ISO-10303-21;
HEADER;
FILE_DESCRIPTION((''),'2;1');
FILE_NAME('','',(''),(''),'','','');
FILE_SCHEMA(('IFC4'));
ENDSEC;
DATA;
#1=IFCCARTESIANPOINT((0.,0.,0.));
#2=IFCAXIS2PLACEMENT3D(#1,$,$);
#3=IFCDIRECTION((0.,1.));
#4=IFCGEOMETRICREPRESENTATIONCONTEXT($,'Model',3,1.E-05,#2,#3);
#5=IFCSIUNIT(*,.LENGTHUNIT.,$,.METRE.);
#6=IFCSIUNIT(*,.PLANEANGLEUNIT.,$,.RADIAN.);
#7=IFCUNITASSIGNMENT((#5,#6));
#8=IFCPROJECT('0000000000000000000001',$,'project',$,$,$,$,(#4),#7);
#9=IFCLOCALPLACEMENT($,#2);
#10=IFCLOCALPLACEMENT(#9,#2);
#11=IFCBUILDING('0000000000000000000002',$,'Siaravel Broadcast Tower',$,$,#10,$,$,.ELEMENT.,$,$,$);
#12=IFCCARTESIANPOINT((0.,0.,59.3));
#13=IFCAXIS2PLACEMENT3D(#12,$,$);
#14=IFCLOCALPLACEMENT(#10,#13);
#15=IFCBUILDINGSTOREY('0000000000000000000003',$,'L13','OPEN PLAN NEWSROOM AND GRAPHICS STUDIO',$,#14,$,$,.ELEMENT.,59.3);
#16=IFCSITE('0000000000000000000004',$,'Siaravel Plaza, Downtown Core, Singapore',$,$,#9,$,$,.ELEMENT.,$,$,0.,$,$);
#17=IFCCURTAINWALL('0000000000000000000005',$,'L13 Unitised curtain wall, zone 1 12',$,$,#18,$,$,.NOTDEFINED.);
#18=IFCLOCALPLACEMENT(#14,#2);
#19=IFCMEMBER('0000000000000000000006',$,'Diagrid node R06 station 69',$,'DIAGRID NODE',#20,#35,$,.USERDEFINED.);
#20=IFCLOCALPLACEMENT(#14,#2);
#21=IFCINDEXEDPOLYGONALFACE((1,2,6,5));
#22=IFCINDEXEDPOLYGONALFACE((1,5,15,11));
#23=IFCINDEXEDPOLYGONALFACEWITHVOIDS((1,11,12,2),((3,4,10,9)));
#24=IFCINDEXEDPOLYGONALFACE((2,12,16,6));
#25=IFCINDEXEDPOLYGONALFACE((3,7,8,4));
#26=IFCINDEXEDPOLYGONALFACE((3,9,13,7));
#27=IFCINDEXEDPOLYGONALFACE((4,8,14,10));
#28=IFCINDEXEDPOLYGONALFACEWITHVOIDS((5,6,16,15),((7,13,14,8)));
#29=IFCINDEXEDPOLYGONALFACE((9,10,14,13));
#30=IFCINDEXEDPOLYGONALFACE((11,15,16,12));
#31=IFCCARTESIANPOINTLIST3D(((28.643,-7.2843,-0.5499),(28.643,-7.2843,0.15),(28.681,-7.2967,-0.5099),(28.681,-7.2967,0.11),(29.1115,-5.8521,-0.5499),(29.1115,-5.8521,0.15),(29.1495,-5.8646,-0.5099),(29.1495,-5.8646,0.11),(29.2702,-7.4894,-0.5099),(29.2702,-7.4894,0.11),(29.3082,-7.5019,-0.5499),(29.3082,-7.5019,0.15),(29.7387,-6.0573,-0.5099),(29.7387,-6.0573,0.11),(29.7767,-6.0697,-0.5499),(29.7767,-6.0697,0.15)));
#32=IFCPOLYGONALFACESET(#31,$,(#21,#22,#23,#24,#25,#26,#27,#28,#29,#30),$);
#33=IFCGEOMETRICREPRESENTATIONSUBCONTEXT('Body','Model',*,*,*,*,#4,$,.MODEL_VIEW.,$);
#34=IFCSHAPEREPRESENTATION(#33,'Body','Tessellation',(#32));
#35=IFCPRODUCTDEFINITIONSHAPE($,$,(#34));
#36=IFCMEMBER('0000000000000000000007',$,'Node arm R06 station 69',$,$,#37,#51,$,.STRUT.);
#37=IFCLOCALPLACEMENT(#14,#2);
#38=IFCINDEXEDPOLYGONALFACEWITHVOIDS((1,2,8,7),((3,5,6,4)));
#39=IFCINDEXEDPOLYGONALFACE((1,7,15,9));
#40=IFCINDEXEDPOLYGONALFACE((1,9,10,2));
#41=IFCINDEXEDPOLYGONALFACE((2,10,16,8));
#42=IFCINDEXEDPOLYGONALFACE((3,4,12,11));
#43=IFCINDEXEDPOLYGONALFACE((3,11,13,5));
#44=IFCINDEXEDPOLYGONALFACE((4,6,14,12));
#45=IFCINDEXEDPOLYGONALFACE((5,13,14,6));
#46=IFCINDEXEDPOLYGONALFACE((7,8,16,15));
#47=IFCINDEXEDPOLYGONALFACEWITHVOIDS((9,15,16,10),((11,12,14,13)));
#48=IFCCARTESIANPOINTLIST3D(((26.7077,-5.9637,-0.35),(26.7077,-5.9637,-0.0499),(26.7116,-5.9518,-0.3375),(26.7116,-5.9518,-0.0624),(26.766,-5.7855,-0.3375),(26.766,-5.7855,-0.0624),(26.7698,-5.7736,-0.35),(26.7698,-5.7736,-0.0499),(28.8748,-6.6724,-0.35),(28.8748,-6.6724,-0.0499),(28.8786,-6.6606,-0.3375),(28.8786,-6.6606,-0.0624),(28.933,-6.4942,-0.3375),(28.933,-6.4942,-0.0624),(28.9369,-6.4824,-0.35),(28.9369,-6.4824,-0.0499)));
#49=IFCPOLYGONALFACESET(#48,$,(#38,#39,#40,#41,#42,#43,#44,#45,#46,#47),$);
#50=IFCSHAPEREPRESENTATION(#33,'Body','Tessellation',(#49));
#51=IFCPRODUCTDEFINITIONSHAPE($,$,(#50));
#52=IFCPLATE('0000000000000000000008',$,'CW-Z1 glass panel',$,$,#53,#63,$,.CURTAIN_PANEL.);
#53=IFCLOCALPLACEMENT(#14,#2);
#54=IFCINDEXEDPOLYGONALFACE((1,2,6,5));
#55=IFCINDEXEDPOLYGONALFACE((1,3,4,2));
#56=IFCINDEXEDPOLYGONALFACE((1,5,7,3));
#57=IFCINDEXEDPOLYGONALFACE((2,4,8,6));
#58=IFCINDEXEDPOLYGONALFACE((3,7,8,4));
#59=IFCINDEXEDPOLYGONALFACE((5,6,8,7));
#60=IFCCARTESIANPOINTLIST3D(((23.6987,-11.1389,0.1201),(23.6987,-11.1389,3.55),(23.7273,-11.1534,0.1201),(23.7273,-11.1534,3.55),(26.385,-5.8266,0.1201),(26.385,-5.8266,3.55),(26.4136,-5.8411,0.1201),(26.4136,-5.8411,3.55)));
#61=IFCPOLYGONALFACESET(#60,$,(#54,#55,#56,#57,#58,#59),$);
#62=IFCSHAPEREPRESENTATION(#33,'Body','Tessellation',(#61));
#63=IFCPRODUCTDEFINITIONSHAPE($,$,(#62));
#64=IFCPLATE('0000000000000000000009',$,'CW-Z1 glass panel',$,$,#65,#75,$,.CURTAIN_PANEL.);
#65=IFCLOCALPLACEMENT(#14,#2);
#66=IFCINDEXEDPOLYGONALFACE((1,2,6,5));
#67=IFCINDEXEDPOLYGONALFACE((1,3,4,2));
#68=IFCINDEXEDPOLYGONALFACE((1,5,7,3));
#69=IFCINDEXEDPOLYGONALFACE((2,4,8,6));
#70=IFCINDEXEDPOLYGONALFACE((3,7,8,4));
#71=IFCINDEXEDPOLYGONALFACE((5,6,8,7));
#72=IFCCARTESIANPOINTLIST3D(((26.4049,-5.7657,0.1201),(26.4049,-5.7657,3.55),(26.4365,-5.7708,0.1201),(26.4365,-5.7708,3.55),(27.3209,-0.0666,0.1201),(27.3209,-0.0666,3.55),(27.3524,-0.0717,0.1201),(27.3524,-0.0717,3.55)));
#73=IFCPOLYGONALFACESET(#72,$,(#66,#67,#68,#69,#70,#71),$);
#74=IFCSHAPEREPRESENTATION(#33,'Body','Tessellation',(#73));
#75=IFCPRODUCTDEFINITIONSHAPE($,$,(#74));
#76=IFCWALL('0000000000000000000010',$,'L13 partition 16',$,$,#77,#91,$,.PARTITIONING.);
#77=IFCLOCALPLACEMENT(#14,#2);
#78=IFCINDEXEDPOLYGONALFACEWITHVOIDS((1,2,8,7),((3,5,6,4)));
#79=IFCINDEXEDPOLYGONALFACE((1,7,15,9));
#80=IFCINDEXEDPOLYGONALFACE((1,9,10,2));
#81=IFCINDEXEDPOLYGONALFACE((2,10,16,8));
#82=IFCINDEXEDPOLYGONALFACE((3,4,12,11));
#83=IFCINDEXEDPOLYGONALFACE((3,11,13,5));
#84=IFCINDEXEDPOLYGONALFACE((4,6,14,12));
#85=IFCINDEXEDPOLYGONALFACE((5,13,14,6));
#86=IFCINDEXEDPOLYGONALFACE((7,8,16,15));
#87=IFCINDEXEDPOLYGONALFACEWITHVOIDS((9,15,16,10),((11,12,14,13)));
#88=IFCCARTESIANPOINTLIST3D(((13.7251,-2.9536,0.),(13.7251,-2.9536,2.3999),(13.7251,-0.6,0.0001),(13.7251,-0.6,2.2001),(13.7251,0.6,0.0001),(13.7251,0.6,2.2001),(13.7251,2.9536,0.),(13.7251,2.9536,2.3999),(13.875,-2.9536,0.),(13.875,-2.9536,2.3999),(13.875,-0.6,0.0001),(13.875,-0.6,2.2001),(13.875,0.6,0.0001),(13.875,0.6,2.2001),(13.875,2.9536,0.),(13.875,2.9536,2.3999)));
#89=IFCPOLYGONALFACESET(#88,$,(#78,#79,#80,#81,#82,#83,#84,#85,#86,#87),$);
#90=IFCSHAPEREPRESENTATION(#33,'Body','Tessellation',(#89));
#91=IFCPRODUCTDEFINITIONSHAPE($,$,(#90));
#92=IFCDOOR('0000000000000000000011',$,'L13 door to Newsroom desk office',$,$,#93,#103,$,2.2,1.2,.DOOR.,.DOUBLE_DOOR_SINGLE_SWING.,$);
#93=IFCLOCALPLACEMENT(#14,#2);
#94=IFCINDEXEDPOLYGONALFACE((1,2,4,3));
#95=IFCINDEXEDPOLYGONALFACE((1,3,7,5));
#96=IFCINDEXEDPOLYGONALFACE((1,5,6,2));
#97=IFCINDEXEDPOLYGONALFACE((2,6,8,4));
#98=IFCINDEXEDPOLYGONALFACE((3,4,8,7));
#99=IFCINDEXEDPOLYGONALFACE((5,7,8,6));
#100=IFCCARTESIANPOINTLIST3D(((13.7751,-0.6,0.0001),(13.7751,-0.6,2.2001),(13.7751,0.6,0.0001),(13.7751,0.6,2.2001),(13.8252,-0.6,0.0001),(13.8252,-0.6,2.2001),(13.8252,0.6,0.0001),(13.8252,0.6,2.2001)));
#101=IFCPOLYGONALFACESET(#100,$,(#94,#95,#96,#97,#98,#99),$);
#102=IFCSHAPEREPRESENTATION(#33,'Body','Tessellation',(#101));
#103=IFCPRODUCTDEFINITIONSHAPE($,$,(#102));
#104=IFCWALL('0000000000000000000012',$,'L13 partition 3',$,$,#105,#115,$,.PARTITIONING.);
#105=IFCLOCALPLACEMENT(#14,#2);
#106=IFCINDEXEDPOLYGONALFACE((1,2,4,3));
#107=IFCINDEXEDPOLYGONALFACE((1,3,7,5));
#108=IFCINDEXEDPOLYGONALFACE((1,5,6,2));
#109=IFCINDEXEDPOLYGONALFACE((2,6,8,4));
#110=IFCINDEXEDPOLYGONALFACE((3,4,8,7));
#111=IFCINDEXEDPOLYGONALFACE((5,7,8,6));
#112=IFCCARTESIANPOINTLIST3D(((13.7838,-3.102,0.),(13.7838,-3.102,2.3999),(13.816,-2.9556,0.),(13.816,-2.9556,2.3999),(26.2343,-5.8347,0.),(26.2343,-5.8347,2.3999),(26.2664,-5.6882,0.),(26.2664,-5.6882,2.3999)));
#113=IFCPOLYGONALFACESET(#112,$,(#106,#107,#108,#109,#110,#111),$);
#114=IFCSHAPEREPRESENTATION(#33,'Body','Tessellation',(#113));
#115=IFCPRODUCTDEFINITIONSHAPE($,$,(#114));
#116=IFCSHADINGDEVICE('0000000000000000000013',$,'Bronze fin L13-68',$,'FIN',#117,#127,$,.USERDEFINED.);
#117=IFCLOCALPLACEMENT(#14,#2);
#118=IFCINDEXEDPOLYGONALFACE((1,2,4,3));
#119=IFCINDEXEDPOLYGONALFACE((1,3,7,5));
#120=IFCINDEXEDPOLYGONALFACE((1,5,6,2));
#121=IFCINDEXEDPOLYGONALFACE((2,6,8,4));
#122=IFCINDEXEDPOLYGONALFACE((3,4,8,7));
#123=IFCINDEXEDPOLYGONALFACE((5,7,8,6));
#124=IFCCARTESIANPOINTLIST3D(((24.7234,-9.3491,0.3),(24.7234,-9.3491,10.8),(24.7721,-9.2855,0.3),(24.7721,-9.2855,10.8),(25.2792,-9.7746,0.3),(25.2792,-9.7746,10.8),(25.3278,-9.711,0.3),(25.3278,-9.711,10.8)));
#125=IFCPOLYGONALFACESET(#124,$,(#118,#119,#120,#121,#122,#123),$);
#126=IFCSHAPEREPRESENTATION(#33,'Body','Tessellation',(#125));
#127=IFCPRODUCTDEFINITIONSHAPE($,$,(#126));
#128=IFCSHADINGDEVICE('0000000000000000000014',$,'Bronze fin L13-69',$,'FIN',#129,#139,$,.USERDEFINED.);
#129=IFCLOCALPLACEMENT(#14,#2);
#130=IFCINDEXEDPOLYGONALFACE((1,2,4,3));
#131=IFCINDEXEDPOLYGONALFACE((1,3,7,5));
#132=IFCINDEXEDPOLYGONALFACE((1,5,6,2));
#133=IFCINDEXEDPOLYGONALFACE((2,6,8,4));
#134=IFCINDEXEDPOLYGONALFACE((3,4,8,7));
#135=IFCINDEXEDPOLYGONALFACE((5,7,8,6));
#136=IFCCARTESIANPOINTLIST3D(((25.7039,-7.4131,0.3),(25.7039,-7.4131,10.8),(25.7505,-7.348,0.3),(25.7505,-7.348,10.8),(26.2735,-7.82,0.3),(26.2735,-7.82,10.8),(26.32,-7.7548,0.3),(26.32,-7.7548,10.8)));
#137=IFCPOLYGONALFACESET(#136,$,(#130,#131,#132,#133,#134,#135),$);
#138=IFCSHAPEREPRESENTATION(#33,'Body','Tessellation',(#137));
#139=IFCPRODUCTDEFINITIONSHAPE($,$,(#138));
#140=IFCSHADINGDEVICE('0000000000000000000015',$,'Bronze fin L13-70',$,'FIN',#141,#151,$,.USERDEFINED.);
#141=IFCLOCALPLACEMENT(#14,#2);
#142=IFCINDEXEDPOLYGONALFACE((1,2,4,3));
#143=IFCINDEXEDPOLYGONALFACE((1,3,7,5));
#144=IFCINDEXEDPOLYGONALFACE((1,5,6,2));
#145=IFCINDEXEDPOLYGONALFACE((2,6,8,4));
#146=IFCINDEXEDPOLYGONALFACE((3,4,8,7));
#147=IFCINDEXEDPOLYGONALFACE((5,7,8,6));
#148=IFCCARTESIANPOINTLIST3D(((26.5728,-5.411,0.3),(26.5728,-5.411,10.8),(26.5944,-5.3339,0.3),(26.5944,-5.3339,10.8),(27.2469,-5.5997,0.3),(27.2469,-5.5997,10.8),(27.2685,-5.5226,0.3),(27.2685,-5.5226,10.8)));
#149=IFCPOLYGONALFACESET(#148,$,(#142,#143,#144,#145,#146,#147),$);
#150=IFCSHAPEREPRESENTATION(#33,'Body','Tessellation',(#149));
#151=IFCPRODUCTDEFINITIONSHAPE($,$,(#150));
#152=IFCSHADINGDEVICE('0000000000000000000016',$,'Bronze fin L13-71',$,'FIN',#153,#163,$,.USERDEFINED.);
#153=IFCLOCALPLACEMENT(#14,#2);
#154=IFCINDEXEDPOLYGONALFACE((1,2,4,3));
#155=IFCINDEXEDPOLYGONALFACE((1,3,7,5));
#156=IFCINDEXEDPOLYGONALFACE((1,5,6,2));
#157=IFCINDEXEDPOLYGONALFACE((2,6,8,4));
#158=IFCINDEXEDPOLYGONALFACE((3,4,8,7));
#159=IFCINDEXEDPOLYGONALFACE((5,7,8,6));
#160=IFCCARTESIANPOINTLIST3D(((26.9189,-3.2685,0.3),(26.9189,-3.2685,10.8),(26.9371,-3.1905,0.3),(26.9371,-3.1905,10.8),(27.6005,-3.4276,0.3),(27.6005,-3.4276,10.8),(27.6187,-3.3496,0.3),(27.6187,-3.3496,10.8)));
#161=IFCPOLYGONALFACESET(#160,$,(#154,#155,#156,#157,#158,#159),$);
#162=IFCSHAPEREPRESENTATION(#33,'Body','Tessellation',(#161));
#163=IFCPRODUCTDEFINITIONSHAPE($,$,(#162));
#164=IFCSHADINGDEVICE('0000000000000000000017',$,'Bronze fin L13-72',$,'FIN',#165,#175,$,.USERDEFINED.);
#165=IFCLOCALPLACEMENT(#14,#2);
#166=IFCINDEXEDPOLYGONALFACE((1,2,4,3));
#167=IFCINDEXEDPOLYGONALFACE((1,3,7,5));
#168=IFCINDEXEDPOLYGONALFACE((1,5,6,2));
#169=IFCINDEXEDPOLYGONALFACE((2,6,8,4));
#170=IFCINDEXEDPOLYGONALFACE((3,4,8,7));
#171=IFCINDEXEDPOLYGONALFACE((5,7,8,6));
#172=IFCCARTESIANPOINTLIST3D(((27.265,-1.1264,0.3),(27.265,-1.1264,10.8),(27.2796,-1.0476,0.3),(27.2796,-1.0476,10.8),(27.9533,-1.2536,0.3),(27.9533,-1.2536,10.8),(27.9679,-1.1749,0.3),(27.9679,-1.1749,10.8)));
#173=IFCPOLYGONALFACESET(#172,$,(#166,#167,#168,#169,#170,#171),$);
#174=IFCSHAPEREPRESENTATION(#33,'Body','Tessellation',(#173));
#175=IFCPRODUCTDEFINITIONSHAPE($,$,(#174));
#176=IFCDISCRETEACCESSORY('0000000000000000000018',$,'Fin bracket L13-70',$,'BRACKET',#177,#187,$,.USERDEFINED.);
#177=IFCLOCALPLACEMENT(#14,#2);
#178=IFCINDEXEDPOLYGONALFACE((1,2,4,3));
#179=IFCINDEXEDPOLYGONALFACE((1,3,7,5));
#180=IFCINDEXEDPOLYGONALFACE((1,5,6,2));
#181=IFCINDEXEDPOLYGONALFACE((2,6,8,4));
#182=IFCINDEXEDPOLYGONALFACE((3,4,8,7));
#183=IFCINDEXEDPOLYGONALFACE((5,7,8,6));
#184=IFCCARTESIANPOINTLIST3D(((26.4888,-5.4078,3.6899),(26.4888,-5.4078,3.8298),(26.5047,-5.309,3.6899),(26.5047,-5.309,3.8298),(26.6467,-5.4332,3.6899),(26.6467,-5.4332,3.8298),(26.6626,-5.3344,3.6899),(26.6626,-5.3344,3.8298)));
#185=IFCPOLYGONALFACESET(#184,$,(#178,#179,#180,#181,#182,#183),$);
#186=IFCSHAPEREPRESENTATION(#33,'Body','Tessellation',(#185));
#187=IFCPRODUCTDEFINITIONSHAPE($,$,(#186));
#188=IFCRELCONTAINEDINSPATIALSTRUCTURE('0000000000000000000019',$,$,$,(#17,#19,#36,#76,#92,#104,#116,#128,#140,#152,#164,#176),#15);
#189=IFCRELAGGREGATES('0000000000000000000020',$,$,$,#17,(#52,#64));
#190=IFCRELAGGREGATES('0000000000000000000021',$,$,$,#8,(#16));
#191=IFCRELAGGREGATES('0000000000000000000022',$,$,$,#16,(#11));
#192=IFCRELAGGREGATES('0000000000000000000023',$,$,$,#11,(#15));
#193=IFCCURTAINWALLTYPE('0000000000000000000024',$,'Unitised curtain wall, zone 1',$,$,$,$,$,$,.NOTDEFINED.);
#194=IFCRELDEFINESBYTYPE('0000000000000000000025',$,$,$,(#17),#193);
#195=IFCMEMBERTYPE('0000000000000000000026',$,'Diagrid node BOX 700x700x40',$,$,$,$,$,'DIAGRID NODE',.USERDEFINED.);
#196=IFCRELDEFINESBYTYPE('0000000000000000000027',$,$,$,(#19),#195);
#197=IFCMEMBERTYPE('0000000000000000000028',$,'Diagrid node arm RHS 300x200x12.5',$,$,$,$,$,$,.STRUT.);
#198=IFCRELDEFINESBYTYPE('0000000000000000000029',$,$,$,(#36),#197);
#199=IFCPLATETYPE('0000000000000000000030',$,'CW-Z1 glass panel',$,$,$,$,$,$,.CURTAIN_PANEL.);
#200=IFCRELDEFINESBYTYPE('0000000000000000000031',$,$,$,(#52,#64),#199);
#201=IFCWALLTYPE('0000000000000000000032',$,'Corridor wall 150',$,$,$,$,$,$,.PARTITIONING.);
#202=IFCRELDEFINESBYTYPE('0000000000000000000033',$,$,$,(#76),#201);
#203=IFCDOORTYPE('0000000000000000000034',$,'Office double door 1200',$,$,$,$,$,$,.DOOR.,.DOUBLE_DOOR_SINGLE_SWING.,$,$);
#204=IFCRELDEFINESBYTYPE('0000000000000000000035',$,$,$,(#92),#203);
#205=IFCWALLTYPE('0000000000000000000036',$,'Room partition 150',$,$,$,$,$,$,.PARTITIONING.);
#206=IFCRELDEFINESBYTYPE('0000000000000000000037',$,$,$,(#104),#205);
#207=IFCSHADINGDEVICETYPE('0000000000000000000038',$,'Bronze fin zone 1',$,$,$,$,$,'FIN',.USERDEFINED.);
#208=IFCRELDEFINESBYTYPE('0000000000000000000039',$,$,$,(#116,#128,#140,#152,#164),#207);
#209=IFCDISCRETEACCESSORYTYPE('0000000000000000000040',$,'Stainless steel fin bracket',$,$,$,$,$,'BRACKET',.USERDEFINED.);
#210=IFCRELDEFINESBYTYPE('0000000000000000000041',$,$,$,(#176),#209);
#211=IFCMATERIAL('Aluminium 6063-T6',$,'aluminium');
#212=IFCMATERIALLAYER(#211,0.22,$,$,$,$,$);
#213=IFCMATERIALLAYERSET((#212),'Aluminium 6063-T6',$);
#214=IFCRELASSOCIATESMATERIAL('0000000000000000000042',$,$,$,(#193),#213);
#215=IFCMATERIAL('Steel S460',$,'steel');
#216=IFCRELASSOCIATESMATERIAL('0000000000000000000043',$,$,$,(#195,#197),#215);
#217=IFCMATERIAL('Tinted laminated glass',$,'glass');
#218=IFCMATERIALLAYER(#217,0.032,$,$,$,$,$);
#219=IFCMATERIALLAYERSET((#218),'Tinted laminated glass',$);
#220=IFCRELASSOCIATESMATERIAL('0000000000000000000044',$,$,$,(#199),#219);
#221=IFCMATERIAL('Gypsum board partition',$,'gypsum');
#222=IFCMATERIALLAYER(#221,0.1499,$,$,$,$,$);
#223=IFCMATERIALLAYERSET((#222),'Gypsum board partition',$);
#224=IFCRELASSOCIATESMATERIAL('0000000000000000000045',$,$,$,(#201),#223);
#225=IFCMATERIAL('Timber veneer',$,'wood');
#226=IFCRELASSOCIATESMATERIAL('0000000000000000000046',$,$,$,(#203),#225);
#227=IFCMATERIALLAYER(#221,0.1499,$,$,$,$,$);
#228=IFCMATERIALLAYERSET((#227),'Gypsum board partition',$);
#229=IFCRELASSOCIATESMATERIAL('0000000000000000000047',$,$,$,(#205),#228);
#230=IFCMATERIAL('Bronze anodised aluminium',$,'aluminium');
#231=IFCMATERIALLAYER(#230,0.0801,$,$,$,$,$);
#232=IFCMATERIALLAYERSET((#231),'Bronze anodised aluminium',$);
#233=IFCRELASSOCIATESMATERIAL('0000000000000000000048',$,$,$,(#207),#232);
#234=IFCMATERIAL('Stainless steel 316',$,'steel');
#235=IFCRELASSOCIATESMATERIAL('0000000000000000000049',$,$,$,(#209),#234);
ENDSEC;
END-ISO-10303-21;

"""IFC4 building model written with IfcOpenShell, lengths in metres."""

from ifc_helpers import new_model, si_unit, direction, frame, frame_2d, origin, origin_2d, place, context, subcontext, project, spatial, rectangle, hollow_rectangle, extrude, material, layer, layer_set, material_profile, profile_set, type_object, element, fill, aggregate, save


model = new_model("IFC4")

# Units and contexts
model_context = context("Model", 3, precision=1e-05, world=origin(), true_north=direction((0.0, 1.0)))
body_context = subcontext(model_context, "Body", "Model", "MODEL_VIEW")
ifc_project = project(units=[si_unit("LENGTHUNIT", "METRE"), si_unit("PLANEANGLEUNIT", "RADIAN")], contexts=[model_context])

# Site, building, storey
site_placement = place(None, origin())
site = spatial("IfcSite", under=ifc_project, at=site_placement, Name="Siaravel Plaza, Downtown Core, Singapore", CompositionType="ELEMENT", RefElevation=0.0)
building_placement = place(site_placement, origin())
building = spatial("IfcBuilding", under=site, at=building_placement, Name="Siaravel Broadcast Tower", CompositionType="ELEMENT")
storey_placement = place(building_placement, frame((0.0, 0.0, 59.3)))
storey = spatial("IfcBuildingStorey", under=building, at=storey_placement, Name="L13", Description="OPEN PLAN NEWSROOM AND GRAPHICS STUDIO", CompositionType="ELEMENT", Elevation=59.3)

# Curtain wall
ifc_material_1 = material(Name="Aluminium 6063-T6", Category="aluminium")
ifc_layer_1 = layer(ifc_material_1, 0.22)
ifc_layer_set_1 = layer_set([ifc_layer_1], Name="Aluminium 6063-T6")
curtain_wall_type = type_object("IfcCurtainWallType", Name="Unitised curtain wall, zone 1", PredefinedType="NOTDEFINED", material=ifc_layer_set_1)
curtain_wall_placement = place(storey_placement, origin())
curtain_wall = element("IfcCurtainWall", 1, at=curtain_wall_placement, inside=storey, type_object=curtain_wall_type, Name="L13 Unitised curtain wall, zone 1 12", PredefinedType="NOTDEFINED")

# Members
ifc_material_2 = material(Name="Steel S460", Category="steel")
ifc_material_profile_1 = material_profile(ifc_material_2, hollow_rectangle(XDim=0.7, YDim=0.7, WallThickness=0.04, at=origin_2d()))
ifc_profile_set_1 = profile_set([ifc_material_profile_1], Name="Steel S460")
member_type_1 = type_object("IfcMemberType", Name="Diagrid node BOX 700x700x40", ElementType="DIAGRID NODE", PredefinedType="USERDEFINED", material=ifc_profile_set_1)
member_1_placement = place(storey_placement, frame((28.9756, -7.3931, -0.2), z_axis=(0.310925, 0.950435, 0.0), x_axis=(-0.950435, 0.310925, 0.0)))
element("IfcMember", 2, at=member_1_placement, inside=storey, type_object=member_type_1, Name="Diagrid node R06 station 69", ObjectType="DIAGRID NODE", PredefinedType="USERDEFINED", context=body_context, shape_type="SweptSolid", body=[
    extrude(hollow_rectangle(XDim=0.7, YDim=0.7, WallThickness=0.04, at=origin_2d()), origin(), (0.0, 0.0, 1.0), 1.5068),
])
ifc_material_profile_2 = material_profile(ifc_material_2, hollow_rectangle(XDim=0.2, YDim=0.3, WallThickness=0.0125, at=origin_2d()))
ifc_profile_set_2 = profile_set([ifc_material_profile_2], Name="Steel S460")
member_type_2 = type_object("IfcMemberType", Name="Diagrid node arm RHS 300x200x12.5", PredefinedType="STRUT", material=ifc_profile_set_2)
member_2_placement = place(storey_placement, frame((26.7388, -5.8687, -0.2), z_axis=(0.950456, -0.310858, 0.0), x_axis=(0.310858, 0.950456, 0.0)))
element("IfcMember", 3, at=member_2_placement, inside=storey, type_object=member_type_2, Name="Node arm R06 station 69", PredefinedType="STRUT", context=body_context, shape_type="SweptSolid", body=[
    extrude(hollow_rectangle(XDim=0.2, YDim=0.3, WallThickness=0.0125, at=origin_2d()), origin(), (0.0, 0.0, 1.0), 2.28),
])

# Plates
ifc_material_3 = material(Name="Tinted laminated glass", Category="glass")
ifc_layer_2 = layer(ifc_material_3, 0.032)
ifc_layer_set_2 = layer_set([ifc_layer_2], Name="Tinted laminated glass")
plate_type = type_object("IfcPlateType", Name="CW-Z1 glass panel", PredefinedType="CURTAIN_PANEL", material=ifc_layer_set_2)
plate_1_placement = place(storey_placement, frame((25.0562, -8.49, 0.1201), z_axis=(0.0, 0.0, 1.0), x_axis=(0.451262, 0.892391, 0.0)))
plate_1 = element("IfcPlate", 4, at=plate_1_placement, type_object=plate_type, Name="CW-Z1 glass panel", PredefinedType="CURTAIN_PANEL", context=body_context, shape_type="SweptSolid", body=[
    extrude(rectangle(XDim=5.9529, YDim=0.032, at=origin_2d()), origin(), (0.0, 0.0, 1.0), 3.4299),
])
plate_2_placement = place(storey_placement, frame((26.8787, -2.9187, 0.1201), z_axis=(0.0, 0.0, 1.0), x_axis=(0.158686, 0.987329, 0.0)))
plate_2 = element("IfcPlate", 5, at=plate_2_placement, type_object=plate_type, Name="CW-Z1 glass panel", PredefinedType="CURTAIN_PANEL", context=body_context, shape_type="SweptSolid", body=[
    extrude(rectangle(XDim=5.7722, YDim=0.032, at=origin_2d()), origin(), (0.0, 0.0, 1.0), 3.4299),
])
aggregate(curtain_wall, [plate_1, plate_2])

# Wall, opening, door
ifc_material_4 = material(Name="Gypsum board partition", Category="gypsum")
ifc_layer_3 = layer(ifc_material_4, 0.1499)
ifc_layer_set_3 = layer_set([ifc_layer_3], Name="Gypsum board partition")
wall_type_1 = type_object("IfcWallType", Name="Corridor wall 150", PredefinedType="PARTITIONING", material=ifc_layer_set_3)
wall_1_placement = place(storey_placement, frame((13.8, -2.9536, 0.0), z_axis=(0.0, 0.0, 1.0), x_axis=(0.0, 1.0, 0.0)))
wall_1 = element("IfcWall", 6, at=wall_1_placement, inside=storey, type_object=wall_type_1, Name="L13 partition 16", PredefinedType="PARTITIONING", context=body_context, shape_type="SweptSolid", body=[
    extrude(rectangle(XDim=5.9072, YDim=0.1499, at=frame_2d((2.9536, 0.0))), origin(), (0.0, 0.0, 1.0), 2.3999),
])
opening_placement = place(wall_1_placement, frame((2.3535, 0.0, 0.0)))
opening = element("IfcOpeningElement", 7, at=opening_placement, cuts=wall_1, PredefinedType="OPENING", context=body_context, shape_type="SweptSolid", body=[
    extrude(rectangle(XDim=1.2, YDim=2.2, at=frame_2d((0.6001, 1.1001))), frame((0.0, 0.085, 0.0), z_axis=(0.0, -1.0, 0.0), x_axis=(1.0, 0.0, 0.0)), (0.0, 0.0, 1.0), 0.1699),
])
ifc_material_5 = material(Name="Timber veneer", Category="wood")
door_type = type_object("IfcDoorType", Name="Office double door 1200", OperationType="DOUBLE_DOOR_SINGLE_SWING", PredefinedType="DOOR", material=ifc_material_5)
door_placement = place(opening_placement, origin())
door = element("IfcDoor", 8, at=door_placement, inside=storey, type_object=door_type, Name="L13 door to Newsroom desk office", OperationType="DOUBLE_DOOR_SINGLE_SWING", OverallHeight=2.2, OverallWidth=1.2, PredefinedType="DOOR", context=body_context, shape_type="SweptSolid", body=[
    extrude(rectangle(XDim=1.2, YDim=2.2, at=frame_2d((0.6001, 1.1001))), frame((0.0, 0.0249, 0.0), z_axis=(0.0, -1.0, 0.0), x_axis=(1.0, 0.0, 0.0)), (0.0, 0.0, 1.0), 0.05),
])
fill(opening, door)

# Wall
ifc_layer_4 = layer(ifc_material_4, 0.1499)
ifc_layer_set_4 = layer_set([ifc_layer_4], Name="Gypsum board partition")
wall_type_2 = type_object("IfcWallType", Name="Room partition 150", PredefinedType="PARTITIONING", material=ifc_layer_set_4)
wall_2_placement = place(storey_placement, frame((26.2505, -5.7615, 0.0), z_axis=(0.0, 0.0, 1.0), x_axis=(-0.97675, 0.214381, 0.0)))
element("IfcWall", 9, at=wall_2_placement, inside=storey, type_object=wall_type_2, Name="L13 partition 3", PredefinedType="PARTITIONING", context=body_context, shape_type="SweptSolid", body=[
    extrude(rectangle(XDim=12.7468, YDim=0.1499, at=frame_2d((6.3735, 0.0))), origin(), (0.0, 0.0, 1.0), 2.3999),
])

# Shading devices
ifc_material_6 = material(Name="Bronze anodised aluminium", Category="aluminium")
ifc_layer_5 = layer(ifc_material_6, 0.0801)
ifc_layer_set_5 = layer_set([ifc_layer_5], Name="Bronze anodised aluminium")
shading_device_type = type_object("IfcShadingDeviceType", Name="Bronze fin zone 1", ElementType="FIN", PredefinedType="USERDEFINED", material=ifc_layer_set_5)
for number, where, z_axis, x_axis, name in (
    (10, (25.0256, -9.53, 0.3), (0.0, 0.0, 1.0), (0.793976, -0.60795, 0.0), "Bronze fin L13-68"),
    (11, (26.012, -7.584, 0.3), (0.0, 0.0, 1.0), (0.813689, -0.581301, 0.0), "Bronze fin L13-69"),
    (12, (26.9207, -5.4668, 0.3), (0.0, 0.0, 1.0), (0.962943, -0.269706, 0.0), "Bronze fin L13-70"),
    (13, (27.2688, -3.3091, 0.3), (0.0, 0.0, 1.0), (0.973819, -0.227326, 0.0), "Bronze fin L13-71"),
    (14, (27.6165, -1.1506, 0.3), (0.0, 0.0, 1.0), (0.983334, -0.18181, 0.0), "Bronze fin L13-72"),
):
    element("IfcShadingDevice", number, at=place(storey_placement, frame(where, z_axis=z_axis, x_axis=x_axis)), inside=storey, type_object=shading_device_type, Name=name, ObjectType="FIN", PredefinedType="USERDEFINED", context=body_context, shape_type="SweptSolid", body=[
        extrude(rectangle(XDim=0.7, YDim=0.0801, at=origin_2d()), origin(), (0.0, 0.0, 1.0), 10.5),
    ])

# Discrete accessory
ifc_material_7 = material(Name="Stainless steel 316", Category="steel")
discrete_accessory_type_1 = type_object("IfcDiscreteAccessoryType", Name="Stainless steel fin bracket", ElementType="BRACKET", PredefinedType="USERDEFINED", material=ifc_material_7)
discrete_accessory_placement = place(storey_placement, frame((26.5757, -5.3711, 3.6899), z_axis=(0.0, 0.0, 1.0), x_axis=(0.987329, -0.158685, 0.0)))
element("IfcDiscreteAccessory", 15, at=discrete_accessory_placement, inside=storey, type_object=discrete_accessory_type_1, Name="Fin bracket L13-70", ObjectType="BRACKET", PredefinedType="USERDEFINED", context=body_context, shape_type="SweptSolid", body=[
    extrude(rectangle(XDim=0.1599, YDim=0.1001, at=origin_2d()), origin(), (0.0, 0.0, 1.0), 0.1399),
])

save(model, "model.ifc")
